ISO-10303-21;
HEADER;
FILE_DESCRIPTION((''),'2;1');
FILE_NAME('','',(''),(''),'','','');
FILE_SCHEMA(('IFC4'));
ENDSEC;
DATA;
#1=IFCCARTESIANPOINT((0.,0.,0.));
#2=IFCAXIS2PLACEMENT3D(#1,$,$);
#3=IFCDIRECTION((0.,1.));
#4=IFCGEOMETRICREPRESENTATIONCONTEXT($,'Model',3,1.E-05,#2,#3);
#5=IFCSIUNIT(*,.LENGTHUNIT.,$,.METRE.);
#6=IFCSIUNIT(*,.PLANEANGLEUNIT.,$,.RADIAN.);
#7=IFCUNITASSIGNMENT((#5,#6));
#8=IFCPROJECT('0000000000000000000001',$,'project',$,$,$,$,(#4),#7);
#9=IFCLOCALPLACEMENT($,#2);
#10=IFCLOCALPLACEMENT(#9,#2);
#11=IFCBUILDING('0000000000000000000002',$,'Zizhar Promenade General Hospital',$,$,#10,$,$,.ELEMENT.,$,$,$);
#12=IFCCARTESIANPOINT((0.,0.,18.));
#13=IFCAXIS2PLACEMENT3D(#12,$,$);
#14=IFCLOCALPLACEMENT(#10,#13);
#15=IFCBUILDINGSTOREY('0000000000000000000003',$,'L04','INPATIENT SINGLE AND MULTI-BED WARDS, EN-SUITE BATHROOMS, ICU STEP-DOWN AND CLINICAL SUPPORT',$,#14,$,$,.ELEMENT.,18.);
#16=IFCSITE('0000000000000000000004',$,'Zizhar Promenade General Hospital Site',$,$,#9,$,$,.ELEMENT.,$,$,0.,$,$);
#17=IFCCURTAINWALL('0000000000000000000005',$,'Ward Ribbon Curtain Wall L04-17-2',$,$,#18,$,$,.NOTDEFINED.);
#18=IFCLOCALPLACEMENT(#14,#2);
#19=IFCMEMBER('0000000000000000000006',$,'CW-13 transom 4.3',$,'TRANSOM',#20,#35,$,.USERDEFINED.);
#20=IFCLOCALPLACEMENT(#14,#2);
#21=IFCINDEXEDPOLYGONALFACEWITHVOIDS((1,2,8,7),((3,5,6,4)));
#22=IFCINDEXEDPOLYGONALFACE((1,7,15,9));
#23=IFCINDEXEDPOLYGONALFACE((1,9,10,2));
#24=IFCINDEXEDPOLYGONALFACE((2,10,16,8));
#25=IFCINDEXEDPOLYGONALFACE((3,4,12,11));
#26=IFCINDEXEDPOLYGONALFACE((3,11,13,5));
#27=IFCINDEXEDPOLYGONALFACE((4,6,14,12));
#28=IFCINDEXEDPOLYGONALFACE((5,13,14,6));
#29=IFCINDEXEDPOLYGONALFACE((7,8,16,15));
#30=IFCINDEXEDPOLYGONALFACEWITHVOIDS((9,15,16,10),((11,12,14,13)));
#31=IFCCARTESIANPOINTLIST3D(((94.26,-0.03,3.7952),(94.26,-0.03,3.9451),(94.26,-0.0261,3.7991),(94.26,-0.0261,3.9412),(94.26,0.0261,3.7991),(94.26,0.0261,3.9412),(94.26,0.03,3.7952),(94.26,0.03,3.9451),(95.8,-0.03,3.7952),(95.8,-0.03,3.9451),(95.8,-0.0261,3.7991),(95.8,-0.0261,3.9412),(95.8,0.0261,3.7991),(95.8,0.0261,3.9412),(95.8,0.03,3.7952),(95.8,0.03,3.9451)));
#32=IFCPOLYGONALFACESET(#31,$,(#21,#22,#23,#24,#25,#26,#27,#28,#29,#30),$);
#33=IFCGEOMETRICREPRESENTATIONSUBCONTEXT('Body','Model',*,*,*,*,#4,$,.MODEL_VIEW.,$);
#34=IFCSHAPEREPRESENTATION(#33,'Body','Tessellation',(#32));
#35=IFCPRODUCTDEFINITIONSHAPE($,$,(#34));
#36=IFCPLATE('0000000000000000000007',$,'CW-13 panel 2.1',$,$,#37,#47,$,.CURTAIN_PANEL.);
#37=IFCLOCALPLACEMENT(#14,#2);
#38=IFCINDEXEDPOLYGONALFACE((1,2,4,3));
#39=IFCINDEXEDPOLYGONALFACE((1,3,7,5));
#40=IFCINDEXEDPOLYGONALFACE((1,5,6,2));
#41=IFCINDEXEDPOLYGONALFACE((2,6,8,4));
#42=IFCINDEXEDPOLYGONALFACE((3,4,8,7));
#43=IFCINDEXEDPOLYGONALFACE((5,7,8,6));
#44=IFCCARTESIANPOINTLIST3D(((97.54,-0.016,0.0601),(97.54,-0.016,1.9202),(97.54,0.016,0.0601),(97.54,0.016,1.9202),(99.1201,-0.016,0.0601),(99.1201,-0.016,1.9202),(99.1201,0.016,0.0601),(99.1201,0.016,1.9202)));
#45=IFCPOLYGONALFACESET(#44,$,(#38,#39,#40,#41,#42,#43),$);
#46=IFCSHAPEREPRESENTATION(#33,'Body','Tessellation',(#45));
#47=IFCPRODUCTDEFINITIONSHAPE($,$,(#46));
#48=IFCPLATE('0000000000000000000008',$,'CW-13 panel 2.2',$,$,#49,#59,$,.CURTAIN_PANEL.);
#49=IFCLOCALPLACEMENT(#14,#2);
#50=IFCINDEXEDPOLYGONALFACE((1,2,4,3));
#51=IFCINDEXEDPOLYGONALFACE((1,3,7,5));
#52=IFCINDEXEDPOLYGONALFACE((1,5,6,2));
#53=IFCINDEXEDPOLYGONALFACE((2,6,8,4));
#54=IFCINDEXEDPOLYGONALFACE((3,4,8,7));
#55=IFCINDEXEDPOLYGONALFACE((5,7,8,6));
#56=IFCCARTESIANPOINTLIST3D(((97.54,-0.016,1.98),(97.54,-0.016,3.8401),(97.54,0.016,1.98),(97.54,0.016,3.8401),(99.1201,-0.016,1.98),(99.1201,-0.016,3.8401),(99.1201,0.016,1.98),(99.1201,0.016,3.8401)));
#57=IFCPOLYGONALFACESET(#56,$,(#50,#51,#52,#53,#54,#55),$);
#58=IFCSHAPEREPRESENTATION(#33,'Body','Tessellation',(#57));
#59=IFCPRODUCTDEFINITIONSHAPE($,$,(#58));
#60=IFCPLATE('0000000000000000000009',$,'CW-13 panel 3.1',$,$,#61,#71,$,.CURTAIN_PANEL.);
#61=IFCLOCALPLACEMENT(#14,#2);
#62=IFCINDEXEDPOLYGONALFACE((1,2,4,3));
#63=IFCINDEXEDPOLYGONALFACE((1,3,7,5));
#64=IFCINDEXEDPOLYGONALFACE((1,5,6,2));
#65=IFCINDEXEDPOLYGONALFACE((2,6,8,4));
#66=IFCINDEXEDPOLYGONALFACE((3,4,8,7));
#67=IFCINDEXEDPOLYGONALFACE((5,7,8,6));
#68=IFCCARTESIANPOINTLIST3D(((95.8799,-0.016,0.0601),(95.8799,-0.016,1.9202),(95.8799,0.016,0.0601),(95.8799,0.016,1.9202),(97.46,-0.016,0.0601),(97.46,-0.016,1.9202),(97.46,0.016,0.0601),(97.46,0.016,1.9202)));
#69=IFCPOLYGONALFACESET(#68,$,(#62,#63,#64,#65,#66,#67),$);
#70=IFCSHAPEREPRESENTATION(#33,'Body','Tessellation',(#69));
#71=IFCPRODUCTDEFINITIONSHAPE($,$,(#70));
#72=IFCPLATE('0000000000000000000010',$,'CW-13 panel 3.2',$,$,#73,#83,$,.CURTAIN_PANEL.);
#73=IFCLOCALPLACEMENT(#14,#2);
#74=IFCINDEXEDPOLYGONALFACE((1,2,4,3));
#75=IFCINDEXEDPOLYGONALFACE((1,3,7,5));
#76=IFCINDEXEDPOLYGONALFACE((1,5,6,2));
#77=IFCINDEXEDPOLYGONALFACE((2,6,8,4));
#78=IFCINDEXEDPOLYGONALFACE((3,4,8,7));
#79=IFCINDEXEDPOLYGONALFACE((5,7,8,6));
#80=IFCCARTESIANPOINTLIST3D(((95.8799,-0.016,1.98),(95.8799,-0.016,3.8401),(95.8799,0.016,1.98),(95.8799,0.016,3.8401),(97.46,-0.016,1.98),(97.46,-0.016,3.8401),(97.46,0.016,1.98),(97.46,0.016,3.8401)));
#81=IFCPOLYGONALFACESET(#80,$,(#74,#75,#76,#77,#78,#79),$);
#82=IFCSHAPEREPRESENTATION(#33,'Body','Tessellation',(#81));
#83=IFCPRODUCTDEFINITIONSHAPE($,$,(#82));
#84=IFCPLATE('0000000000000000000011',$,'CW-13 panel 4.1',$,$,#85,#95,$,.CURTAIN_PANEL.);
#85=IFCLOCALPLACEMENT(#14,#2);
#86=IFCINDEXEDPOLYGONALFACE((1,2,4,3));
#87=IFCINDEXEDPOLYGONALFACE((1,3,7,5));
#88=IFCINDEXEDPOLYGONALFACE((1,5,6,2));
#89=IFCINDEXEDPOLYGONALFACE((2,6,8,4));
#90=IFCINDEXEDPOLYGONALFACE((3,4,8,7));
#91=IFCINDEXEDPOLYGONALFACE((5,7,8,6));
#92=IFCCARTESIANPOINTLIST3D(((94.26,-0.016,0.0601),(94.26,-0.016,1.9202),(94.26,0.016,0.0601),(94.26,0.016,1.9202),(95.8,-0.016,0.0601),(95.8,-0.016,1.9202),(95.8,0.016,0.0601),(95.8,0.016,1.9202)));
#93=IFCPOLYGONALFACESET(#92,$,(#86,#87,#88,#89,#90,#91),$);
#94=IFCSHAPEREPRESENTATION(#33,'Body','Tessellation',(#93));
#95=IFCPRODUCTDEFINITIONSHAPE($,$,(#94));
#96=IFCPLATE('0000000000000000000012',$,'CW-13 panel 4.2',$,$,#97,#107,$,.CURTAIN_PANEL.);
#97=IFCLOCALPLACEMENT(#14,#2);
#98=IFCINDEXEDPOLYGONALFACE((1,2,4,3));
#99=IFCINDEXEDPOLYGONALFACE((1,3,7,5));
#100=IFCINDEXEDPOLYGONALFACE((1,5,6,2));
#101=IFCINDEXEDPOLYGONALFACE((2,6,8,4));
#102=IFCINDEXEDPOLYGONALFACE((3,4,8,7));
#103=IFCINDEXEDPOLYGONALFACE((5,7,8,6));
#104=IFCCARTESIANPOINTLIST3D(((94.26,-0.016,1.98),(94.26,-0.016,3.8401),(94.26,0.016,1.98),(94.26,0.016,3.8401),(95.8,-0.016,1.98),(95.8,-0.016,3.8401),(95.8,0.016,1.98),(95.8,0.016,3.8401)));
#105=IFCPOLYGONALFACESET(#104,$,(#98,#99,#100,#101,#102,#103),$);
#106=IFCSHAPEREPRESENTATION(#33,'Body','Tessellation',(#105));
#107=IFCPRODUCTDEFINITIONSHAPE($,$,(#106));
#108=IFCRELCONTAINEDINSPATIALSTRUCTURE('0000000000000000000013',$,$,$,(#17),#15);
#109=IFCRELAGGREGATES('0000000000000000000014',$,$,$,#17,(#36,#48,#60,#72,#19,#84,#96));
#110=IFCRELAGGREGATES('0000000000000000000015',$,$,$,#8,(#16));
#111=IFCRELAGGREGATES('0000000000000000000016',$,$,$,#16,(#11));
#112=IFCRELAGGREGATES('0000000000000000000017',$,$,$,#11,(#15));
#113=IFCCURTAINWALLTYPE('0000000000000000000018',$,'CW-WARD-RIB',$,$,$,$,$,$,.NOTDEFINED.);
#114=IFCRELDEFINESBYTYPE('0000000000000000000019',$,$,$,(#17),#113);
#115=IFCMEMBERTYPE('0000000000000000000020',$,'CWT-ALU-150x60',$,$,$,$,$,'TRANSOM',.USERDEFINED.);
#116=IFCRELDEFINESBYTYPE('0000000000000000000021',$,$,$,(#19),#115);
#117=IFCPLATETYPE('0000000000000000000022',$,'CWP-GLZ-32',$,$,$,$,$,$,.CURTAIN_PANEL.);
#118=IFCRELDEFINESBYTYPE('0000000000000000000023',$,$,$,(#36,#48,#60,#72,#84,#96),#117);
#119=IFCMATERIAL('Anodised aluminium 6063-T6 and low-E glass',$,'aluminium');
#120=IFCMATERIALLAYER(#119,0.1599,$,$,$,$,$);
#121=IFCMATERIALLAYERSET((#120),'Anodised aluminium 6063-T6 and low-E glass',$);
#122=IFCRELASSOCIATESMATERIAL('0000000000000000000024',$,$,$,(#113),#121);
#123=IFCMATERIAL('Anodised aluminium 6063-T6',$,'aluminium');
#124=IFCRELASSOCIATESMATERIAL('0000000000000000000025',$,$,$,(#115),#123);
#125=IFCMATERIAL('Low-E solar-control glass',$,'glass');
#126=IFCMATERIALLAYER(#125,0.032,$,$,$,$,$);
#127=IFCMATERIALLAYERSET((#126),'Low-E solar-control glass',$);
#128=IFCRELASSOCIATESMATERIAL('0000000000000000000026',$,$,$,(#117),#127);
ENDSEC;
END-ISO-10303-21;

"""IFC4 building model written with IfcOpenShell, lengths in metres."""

from ifc_helpers import new_model, si_unit, direction, frame, origin, origin_2d, place, context, subcontext, project, spatial, rectangle, hollow_rectangle, extrude, material, layer, layer_set, material_profile, profile_set, type_object, element, aggregate, save


model = new_model("IFC4")

# Units and contexts
model_context = context("Model", 3, precision=1e-05, world=origin(), true_north=direction((0.0, 1.0)))
body_context = subcontext(model_context, "Body", "Model", "MODEL_VIEW")
ifc_project = project(units=[si_unit("LENGTHUNIT", "METRE"), si_unit("PLANEANGLEUNIT", "RADIAN")], contexts=[model_context])

# Site, building, storey
site_placement = place(None, origin())
site = spatial("IfcSite", under=ifc_project, at=site_placement, Name="Zizhar Promenade General Hospital Site", CompositionType="ELEMENT", RefElevation=0.0)
building_placement = place(site_placement, origin())
building = spatial("IfcBuilding", under=site, at=building_placement, Name="Zizhar Promenade General Hospital", CompositionType="ELEMENT")
storey_placement = place(building_placement, frame((0.0, 0.0, 18.0)))
storey = spatial("IfcBuildingStorey", under=building, at=storey_placement, Name="L04", Description="INPATIENT SINGLE AND MULTI-BED WARDS, EN-SUITE BATHROOMS, ICU STEP-DOWN AND CLINICAL SUPPORT", CompositionType="ELEMENT", Elevation=18.0)

# Curtain wall, member, plates
ifc_material_1 = material(Name="Anodised aluminium 6063-T6 and low-E glass", Category="aluminium")
ifc_layer_1 = layer(ifc_material_1, 0.1599)
ifc_layer_set_1 = layer_set([ifc_layer_1], Name="Anodised aluminium 6063-T6 and low-E glass")
curtain_wall_type = type_object("IfcCurtainWallType", Name="CW-WARD-RIB", PredefinedType="NOTDEFINED", material=ifc_layer_set_1)
curtain_wall_placement = place(storey_placement, origin())
curtain_wall = element("IfcCurtainWall", 1, at=curtain_wall_placement, inside=storey, type_object=curtain_wall_type, Name="Ward Ribbon Curtain Wall L04-17-2", PredefinedType="NOTDEFINED")
ifc_material_2 = material(Name="Anodised aluminium 6063-T6", Category="aluminium")
ifc_material_profile_1 = material_profile(ifc_material_2, hollow_rectangle(XDim=0.0601, YDim=0.1499, WallThickness=0.0039, at=origin_2d()))
ifc_profile_set_1 = profile_set([ifc_material_profile_1], Name="Anodised aluminium 6063-T6")
member_type_1 = type_object("IfcMemberType", Name="CWT-ALU-150x60", ElementType="TRANSOM", PredefinedType="USERDEFINED", material=ifc_profile_set_1)
member_1_placement = place(storey_placement, frame((95.8, 0.0, 3.8701), z_axis=(-1.0, 0.0, 0.0), x_axis=(0.0, -1.0, 0.0)))
member_1 = element("IfcMember", 2, at=member_1_placement, type_object=member_type_1, Name="CW-13 transom 4.3", ObjectType="TRANSOM", PredefinedType="USERDEFINED", context=body_context, shape_type="SweptSolid", body=[
    extrude(hollow_rectangle(XDim=0.0601, YDim=0.1499, WallThickness=0.0039, at=origin_2d()), origin(), (0.0, 0.0, 1.0), 1.54),
])
ifc_material_3 = material(Name="Low-E solar-control glass", Category="glass")
ifc_layer_2 = layer(ifc_material_3, 0.032)
ifc_layer_set_2 = layer_set([ifc_layer_2], Name="Low-E solar-control glass")
plate_type = type_object("IfcPlateType", Name="CWP-GLZ-32", PredefinedType="CURTAIN_PANEL", material=ifc_layer_set_2)
plate_1_placement = place(storey_placement, frame((98.3301, 0.0, 0.0601), z_axis=(0.0, 0.0, 1.0), x_axis=(-1.0, 0.0, 0.0)))
plate_1 = element("IfcPlate", 3, at=plate_1_placement, type_object=plate_type, Name="CW-13 panel 2.1", PredefinedType="CURTAIN_PANEL", context=body_context, shape_type="SweptSolid", body=[
    extrude(rectangle(XDim=1.5801, YDim=0.032, at=origin_2d()), origin(), (0.0, 0.0, 1.0), 1.8601),
])
plate_2_placement = place(storey_placement, frame((98.3301, 0.0, 1.98), z_axis=(0.0, 0.0, 1.0), x_axis=(-1.0, 0.0, 0.0)))
plate_2 = element("IfcPlate", 4, at=plate_2_placement, type_object=plate_type, Name="CW-13 panel 2.2", PredefinedType="CURTAIN_PANEL", context=body_context, shape_type="SweptSolid", body=[
    extrude(rectangle(XDim=1.5801, YDim=0.032, at=origin_2d()), origin(), (0.0, 0.0, 1.0), 1.8601),
])
plate_3_placement = place(storey_placement, frame((96.6699, 0.0, 0.0601), z_axis=(0.0, 0.0, 1.0), x_axis=(-1.0, 0.0, 0.0)))
plate_3 = element("IfcPlate", 5, at=plate_3_placement, type_object=plate_type, Name="CW-13 panel 3.1", PredefinedType="CURTAIN_PANEL", context=body_context, shape_type="SweptSolid", body=[
    extrude(rectangle(XDim=1.5801, YDim=0.032, at=origin_2d()), origin(), (0.0, 0.0, 1.0), 1.8601),
])
plate_4_placement = place(storey_placement, frame((96.6699, 0.0, 1.98), z_axis=(0.0, 0.0, 1.0), x_axis=(-1.0, 0.0, 0.0)))
plate_4 = element("IfcPlate", 6, at=plate_4_placement, type_object=plate_type, Name="CW-13 panel 3.2", PredefinedType="CURTAIN_PANEL", context=body_context, shape_type="SweptSolid", body=[
    extrude(rectangle(XDim=1.5801, YDim=0.032, at=origin_2d()), origin(), (0.0, 0.0, 1.0), 1.8601),
])
plate_5_placement = place(storey_placement, frame((95.03, 0.0, 0.0601), z_axis=(0.0, 0.0, 1.0), x_axis=(-1.0, 0.0, 0.0)))
plate_5 = element("IfcPlate", 7, at=plate_5_placement, type_object=plate_type, Name="CW-13 panel 4.1", PredefinedType="CURTAIN_PANEL", context=body_context, shape_type="SweptSolid", body=[
    extrude(rectangle(XDim=1.54, YDim=0.032, at=origin_2d()), origin(), (0.0, 0.0, 1.0), 1.8601),
])
plate_6_placement = place(storey_placement, frame((95.03, 0.0, 1.98), z_axis=(0.0, 0.0, 1.0), x_axis=(-1.0, 0.0, 0.0)))
plate_6 = element("IfcPlate", 8, at=plate_6_placement, type_object=plate_type, Name="CW-13 panel 4.2", PredefinedType="CURTAIN_PANEL", context=body_context, shape_type="SweptSolid", body=[
    extrude(rectangle(XDim=1.54, YDim=0.032, at=origin_2d()), origin(), (0.0, 0.0, 1.0), 1.8601),
])
aggregate(curtain_wall, [plate_1, plate_2, plate_3, plate_4, member_1, plate_5, plate_6])

save(model, "model.ifc")
